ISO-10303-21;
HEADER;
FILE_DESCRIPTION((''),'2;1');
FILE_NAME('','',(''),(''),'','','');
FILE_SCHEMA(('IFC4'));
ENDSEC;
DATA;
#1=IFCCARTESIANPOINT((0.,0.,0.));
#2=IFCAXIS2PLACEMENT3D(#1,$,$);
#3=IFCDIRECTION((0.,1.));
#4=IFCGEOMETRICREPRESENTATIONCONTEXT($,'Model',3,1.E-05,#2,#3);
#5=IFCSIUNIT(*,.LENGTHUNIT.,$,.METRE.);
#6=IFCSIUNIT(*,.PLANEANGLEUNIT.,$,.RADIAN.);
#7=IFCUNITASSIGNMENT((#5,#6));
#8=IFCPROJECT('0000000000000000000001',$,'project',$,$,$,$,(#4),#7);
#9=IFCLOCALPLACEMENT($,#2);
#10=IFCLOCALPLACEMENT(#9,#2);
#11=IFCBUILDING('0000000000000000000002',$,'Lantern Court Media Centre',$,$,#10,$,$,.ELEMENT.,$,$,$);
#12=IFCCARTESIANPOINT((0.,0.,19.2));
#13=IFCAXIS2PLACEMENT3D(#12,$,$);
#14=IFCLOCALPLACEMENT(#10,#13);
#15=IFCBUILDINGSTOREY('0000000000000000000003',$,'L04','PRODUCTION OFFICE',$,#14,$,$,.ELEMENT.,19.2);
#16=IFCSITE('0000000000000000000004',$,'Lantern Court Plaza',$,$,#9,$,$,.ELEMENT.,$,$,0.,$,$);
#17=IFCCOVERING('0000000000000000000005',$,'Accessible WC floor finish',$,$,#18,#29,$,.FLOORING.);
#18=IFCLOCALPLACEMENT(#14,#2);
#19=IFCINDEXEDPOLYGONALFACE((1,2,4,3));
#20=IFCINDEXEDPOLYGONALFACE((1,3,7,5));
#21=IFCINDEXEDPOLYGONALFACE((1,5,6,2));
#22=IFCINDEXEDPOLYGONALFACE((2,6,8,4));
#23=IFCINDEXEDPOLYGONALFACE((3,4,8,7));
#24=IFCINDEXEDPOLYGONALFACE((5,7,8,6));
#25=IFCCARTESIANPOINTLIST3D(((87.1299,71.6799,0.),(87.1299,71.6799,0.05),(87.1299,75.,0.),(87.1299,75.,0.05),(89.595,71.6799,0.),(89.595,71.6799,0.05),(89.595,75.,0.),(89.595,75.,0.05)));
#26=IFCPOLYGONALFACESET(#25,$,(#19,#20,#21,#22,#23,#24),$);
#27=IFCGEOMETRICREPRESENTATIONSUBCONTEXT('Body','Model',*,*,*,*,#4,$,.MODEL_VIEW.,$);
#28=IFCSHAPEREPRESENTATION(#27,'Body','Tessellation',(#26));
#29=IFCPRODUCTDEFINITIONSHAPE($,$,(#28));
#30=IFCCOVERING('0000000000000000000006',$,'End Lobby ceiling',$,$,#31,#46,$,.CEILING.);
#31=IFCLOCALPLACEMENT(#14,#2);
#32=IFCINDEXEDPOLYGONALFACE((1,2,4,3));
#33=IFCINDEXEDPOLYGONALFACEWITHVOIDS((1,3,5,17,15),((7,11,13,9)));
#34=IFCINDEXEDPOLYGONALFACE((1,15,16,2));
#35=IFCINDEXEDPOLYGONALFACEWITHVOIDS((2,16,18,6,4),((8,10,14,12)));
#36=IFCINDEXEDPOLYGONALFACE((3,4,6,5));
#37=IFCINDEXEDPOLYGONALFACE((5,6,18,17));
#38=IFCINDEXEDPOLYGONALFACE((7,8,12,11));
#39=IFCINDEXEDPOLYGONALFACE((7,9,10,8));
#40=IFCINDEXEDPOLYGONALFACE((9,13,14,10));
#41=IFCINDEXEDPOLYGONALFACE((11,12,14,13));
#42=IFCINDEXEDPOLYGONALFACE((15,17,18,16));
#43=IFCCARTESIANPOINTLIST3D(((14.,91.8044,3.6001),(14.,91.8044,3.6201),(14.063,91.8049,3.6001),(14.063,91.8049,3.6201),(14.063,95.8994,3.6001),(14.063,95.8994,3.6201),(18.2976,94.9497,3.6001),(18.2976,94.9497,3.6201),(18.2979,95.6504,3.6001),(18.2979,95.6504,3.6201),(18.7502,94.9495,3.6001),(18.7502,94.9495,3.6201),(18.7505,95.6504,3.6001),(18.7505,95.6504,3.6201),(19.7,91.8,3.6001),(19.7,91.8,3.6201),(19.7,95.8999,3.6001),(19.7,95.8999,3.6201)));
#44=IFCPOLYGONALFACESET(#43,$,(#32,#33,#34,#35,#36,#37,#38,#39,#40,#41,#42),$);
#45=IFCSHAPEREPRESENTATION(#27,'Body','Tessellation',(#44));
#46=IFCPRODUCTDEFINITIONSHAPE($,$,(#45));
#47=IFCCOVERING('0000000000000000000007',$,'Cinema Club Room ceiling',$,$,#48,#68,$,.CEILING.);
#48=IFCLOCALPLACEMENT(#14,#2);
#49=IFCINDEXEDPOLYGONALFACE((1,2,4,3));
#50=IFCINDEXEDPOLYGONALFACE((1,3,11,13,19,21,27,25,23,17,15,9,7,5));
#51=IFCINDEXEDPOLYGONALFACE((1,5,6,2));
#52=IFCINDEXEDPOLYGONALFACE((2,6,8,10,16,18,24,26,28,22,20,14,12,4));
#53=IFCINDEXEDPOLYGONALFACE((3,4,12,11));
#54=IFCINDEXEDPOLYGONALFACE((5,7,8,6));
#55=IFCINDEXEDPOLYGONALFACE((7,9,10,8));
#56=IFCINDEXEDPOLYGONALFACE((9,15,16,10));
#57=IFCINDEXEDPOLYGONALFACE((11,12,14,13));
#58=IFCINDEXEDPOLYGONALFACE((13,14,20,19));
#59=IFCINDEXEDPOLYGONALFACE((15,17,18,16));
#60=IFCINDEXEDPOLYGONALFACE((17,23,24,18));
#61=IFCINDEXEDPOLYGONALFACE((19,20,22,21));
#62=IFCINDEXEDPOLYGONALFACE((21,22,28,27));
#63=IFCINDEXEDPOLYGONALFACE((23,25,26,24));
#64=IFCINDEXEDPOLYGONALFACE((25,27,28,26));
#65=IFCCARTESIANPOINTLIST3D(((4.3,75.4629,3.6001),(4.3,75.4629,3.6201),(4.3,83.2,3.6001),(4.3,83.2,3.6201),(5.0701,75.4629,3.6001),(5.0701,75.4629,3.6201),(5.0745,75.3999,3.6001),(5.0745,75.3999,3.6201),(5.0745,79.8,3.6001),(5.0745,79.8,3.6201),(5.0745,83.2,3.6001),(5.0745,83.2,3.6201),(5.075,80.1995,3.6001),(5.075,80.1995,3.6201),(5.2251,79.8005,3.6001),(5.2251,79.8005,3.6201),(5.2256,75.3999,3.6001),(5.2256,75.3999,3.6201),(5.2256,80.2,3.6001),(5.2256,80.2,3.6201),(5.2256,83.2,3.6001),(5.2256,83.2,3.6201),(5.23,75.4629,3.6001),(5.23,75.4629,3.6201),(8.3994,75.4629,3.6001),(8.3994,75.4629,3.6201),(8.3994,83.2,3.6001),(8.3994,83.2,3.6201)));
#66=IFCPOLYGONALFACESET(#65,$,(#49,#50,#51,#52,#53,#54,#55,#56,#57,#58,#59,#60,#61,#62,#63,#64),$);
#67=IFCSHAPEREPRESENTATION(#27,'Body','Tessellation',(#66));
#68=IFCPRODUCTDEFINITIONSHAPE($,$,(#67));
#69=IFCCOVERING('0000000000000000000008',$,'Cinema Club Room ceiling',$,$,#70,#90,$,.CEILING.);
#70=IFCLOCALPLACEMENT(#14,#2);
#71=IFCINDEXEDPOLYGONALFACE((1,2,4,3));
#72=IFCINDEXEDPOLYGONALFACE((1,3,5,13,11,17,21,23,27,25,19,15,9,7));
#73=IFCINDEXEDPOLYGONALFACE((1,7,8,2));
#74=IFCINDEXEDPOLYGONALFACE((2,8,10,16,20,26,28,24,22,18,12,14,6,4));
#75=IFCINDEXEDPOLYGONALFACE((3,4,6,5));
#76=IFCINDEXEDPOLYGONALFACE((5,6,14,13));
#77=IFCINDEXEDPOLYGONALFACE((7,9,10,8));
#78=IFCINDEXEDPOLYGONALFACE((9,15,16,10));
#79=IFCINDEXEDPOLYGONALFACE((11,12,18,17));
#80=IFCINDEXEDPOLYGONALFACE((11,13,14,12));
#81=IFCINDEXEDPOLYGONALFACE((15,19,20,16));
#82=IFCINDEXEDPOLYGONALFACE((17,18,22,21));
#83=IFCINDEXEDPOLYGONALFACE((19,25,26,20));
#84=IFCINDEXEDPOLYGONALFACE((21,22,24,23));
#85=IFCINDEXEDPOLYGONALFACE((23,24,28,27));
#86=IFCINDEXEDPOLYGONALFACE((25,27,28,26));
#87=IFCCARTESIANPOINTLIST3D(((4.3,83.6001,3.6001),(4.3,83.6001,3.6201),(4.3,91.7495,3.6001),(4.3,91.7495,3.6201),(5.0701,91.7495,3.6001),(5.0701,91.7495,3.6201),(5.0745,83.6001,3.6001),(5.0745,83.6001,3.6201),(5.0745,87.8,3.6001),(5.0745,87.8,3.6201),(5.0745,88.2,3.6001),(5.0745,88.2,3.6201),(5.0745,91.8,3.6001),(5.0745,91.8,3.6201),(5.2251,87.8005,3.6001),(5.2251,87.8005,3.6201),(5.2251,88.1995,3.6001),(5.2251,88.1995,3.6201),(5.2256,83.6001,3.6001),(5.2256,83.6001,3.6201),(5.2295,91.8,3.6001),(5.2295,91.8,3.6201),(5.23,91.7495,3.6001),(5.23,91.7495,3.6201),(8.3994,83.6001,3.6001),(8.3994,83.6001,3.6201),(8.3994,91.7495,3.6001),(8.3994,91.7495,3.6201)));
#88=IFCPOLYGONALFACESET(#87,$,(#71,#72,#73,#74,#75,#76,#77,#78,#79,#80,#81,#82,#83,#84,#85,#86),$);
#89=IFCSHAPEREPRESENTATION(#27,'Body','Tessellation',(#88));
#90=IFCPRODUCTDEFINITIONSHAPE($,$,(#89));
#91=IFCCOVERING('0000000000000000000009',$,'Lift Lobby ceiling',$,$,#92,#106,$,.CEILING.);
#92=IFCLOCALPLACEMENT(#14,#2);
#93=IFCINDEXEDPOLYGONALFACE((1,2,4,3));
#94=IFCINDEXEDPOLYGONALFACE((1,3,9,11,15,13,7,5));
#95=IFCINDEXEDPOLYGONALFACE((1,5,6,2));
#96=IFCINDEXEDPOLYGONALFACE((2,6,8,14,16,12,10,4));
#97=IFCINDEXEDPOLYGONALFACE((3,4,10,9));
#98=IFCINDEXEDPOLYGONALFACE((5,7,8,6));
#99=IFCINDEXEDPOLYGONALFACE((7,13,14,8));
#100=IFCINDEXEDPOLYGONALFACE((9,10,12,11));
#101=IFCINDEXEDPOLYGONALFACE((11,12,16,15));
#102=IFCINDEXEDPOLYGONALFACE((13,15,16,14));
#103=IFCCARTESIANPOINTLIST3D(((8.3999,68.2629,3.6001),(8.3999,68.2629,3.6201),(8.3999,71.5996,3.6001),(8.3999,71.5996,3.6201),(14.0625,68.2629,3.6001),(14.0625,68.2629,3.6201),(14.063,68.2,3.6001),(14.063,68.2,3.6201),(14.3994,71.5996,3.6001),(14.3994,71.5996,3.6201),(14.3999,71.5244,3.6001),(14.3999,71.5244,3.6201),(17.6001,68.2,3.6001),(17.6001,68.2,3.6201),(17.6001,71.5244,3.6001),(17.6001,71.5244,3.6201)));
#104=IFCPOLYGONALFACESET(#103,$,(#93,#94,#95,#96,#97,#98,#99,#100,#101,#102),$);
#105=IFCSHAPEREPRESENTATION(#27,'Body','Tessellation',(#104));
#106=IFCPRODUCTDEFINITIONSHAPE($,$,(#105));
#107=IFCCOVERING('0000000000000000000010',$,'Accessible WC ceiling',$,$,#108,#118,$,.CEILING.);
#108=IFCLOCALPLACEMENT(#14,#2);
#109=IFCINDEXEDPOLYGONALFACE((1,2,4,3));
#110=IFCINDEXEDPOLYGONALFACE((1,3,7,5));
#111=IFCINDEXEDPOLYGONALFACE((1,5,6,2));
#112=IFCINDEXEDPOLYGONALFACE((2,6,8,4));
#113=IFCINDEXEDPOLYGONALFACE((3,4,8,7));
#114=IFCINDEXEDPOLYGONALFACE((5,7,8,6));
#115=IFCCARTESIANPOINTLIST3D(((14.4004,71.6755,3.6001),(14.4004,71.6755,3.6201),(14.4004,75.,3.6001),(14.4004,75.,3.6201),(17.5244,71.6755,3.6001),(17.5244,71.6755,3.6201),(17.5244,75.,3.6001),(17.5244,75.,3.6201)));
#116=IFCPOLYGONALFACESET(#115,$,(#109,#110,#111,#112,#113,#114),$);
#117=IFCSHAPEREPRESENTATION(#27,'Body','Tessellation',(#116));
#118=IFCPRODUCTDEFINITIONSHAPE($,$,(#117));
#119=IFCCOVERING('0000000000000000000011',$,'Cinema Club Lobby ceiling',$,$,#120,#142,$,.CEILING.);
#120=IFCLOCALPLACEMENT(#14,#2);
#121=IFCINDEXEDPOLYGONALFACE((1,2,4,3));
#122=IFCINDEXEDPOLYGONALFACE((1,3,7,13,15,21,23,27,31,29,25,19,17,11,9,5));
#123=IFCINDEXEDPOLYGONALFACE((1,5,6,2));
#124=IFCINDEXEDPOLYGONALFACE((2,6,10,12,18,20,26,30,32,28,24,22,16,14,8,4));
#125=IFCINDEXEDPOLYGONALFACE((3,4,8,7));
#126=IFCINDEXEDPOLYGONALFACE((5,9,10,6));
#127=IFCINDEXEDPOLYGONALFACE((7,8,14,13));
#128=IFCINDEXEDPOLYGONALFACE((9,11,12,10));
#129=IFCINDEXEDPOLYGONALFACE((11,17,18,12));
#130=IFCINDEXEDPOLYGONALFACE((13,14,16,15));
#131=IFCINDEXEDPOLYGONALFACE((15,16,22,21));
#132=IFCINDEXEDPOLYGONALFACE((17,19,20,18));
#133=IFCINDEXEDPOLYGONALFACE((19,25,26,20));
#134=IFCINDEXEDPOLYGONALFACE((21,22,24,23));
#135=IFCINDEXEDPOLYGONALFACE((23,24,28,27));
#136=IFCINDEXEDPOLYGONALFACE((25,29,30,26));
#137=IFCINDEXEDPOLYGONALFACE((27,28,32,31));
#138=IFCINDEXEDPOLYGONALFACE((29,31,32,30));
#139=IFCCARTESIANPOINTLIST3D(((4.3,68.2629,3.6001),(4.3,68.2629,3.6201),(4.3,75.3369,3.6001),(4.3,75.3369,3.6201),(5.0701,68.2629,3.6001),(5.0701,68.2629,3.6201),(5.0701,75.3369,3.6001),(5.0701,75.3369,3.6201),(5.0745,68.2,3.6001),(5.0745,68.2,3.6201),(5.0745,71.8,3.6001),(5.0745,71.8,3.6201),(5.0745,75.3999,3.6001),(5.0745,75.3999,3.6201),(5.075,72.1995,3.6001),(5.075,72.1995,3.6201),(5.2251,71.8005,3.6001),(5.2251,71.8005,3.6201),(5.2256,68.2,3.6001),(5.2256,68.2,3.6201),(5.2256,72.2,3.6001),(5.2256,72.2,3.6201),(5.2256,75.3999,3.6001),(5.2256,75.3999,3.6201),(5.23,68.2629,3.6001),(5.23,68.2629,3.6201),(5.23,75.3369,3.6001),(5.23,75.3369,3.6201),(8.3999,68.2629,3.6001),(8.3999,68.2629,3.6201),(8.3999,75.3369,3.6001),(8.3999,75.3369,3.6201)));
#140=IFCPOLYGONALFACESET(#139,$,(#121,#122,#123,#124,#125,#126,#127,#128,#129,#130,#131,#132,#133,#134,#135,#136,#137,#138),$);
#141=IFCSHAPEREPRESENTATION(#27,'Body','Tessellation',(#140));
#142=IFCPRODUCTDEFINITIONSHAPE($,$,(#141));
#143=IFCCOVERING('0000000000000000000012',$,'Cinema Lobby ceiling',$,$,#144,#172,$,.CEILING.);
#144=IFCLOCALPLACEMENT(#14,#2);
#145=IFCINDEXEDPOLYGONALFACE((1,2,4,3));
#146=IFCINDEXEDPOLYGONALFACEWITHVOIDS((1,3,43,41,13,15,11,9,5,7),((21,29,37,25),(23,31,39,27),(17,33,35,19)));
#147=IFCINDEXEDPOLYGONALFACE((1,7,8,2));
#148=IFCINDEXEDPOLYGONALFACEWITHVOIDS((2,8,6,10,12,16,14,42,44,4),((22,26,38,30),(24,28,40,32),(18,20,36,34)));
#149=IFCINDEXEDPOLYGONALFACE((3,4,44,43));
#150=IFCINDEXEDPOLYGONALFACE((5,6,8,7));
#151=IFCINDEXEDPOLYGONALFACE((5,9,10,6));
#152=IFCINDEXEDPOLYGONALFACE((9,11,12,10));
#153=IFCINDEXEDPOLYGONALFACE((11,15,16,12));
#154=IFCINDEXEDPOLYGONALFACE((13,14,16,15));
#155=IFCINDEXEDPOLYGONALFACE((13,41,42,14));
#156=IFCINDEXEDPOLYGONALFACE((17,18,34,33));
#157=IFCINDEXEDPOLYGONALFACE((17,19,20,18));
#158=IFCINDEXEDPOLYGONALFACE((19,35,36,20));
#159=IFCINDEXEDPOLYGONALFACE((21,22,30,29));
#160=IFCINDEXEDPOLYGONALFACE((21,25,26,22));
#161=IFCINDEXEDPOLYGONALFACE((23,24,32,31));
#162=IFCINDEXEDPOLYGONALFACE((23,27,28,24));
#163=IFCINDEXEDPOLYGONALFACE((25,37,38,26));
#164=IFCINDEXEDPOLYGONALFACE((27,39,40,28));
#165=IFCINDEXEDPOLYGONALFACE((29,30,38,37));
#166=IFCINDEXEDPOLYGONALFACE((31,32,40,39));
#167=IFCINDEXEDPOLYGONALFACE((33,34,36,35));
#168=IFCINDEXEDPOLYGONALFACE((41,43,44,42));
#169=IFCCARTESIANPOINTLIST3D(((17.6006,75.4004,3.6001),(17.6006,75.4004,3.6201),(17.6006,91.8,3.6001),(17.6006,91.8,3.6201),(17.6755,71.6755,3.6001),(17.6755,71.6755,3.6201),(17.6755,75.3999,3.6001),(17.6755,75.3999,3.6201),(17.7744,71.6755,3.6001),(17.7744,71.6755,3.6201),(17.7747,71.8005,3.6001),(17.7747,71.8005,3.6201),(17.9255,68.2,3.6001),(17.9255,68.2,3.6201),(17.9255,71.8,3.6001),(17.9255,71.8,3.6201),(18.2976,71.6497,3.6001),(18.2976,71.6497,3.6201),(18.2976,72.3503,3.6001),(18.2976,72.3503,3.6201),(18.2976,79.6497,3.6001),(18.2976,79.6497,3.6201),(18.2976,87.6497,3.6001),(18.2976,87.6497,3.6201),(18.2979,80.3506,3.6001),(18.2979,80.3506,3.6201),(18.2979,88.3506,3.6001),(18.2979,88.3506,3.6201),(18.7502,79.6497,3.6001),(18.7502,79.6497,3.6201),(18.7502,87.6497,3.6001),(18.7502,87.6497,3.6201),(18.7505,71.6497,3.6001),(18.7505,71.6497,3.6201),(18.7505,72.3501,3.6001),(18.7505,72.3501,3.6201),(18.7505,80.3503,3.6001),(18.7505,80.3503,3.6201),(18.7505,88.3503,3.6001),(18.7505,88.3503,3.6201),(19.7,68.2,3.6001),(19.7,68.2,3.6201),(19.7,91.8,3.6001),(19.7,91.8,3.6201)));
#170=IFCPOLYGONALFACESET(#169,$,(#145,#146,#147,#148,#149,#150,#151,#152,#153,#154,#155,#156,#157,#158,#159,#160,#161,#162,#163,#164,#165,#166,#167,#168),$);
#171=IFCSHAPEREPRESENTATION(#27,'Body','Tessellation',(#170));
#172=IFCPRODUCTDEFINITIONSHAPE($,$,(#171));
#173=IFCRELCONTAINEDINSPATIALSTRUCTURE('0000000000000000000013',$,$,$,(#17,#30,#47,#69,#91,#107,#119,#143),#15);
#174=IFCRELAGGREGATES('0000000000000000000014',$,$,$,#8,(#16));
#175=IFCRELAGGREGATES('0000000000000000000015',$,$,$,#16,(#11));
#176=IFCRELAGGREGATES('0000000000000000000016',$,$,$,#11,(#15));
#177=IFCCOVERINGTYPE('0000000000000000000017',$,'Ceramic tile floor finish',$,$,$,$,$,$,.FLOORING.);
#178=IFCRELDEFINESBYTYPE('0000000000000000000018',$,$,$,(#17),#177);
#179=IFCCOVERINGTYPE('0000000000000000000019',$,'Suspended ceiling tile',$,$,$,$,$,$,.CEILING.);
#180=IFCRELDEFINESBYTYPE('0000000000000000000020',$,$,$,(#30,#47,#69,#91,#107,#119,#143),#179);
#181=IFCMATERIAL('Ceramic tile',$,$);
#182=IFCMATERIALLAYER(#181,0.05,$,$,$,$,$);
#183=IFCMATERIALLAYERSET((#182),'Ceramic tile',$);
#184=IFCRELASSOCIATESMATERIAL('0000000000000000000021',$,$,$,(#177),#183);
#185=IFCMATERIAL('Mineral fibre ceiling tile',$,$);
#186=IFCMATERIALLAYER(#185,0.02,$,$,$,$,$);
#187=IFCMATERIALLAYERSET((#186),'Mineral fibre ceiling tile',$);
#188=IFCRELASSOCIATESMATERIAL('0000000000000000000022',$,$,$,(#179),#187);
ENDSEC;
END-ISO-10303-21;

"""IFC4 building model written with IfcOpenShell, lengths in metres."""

from ifc_helpers import new_model, si_unit, direction, frame, origin, place, context, subcontext, project, spatial, polyline, outline, extrude, material, layer, layer_set, type_object, element, save


model = new_model("IFC4")

# Units and contexts
model_context = context("Model", 3, precision=1e-05, world=origin(), true_north=direction((0.0, 1.0)))
body_context = subcontext(model_context, "Body", "Model", "MODEL_VIEW")
ifc_project = project(units=[si_unit("LENGTHUNIT", "METRE"), si_unit("PLANEANGLEUNIT", "RADIAN")], contexts=[model_context])

# Site, building, storey
site_placement = place(None, origin())
site = spatial("IfcSite", under=ifc_project, at=site_placement, Name="Lantern Court Plaza", CompositionType="ELEMENT", RefElevation=0.0)
building_placement = place(site_placement, origin())
building = spatial("IfcBuilding", under=site, at=building_placement, Name="Lantern Court Media Centre", CompositionType="ELEMENT")
storey_placement = place(building_placement, frame((0.0, 0.0, 19.2)))
storey = spatial("IfcBuildingStorey", under=building, at=storey_placement, Name="L04", Description="PRODUCTION OFFICE", CompositionType="ELEMENT", Elevation=19.2)

# Coverings
ifc_material_1 = material(Name="Ceramic tile")
ifc_layer_1 = layer(ifc_material_1, 0.05)
ifc_layer_set_1 = layer_set([ifc_layer_1], Name="Ceramic tile")
covering_type_1 = type_object("IfcCoveringType", Name="Ceramic tile floor finish", PredefinedType="FLOORING", material=ifc_layer_set_1)
covering_1_placement = place(storey_placement, origin())
element("IfcCovering", 1, at=covering_1_placement, inside=storey, type_object=covering_type_1, Name="Accessible WC floor finish", PredefinedType="FLOORING", context=body_context, shape_type="SweptSolid", body=[
    extrude(outline(polyline([(89.595, 75.0), (89.595, 71.6799), (87.1299, 71.6799), (87.1299, 75.0), (89.595, 75.0)])), origin(), (0.0, 0.0, 1.0), 0.05),
])
ifc_material_2 = material(Name="Mineral fibre ceiling tile")
ifc_layer_2 = layer(ifc_material_2, 0.02)
ifc_layer_set_2 = layer_set([ifc_layer_2], Name="Mineral fibre ceiling tile")
covering_type_2 = type_object("IfcCoveringType", Name="Suspended ceiling tile", PredefinedType="CEILING", material=ifc_layer_set_2)
covering_2_placement = place(storey_placement, frame((0.0, 0.0, 3.6001)))
element("IfcCovering", 2, at=covering_2_placement, inside=storey, type_object=covering_type_2, Name="End Lobby ceiling", PredefinedType="CEILING", context=body_context, shape_type="SweptSolid", body=[
    extrude(outline(polyline([(14.0, 91.8044), (14.063, 91.8049), (14.063, 95.8994), (19.7, 95.8999), (19.7, 91.8), (14.0, 91.8044)]), holes=[polyline([(18.2979, 95.6504), (18.2976, 94.9497), (18.7502, 94.9495), (18.7505, 95.6504), (18.2979, 95.6504)])]), origin(), (0.0, 0.0, 1.0), 0.02),
])
covering_3_placement = place(storey_placement, frame((0.0, 0.0, 3.6001)))
element("IfcCovering", 3, at=covering_3_placement, inside=storey, type_object=covering_type_2, Name="Cinema Club Room ceiling", PredefinedType="CEILING", context=body_context, shape_type="SweptSolid", body=[
    extrude(outline(polyline([(8.3994, 83.2), (8.3994, 75.4629), (5.23, 75.4629), (5.2256, 75.3999), (5.2251, 79.8005), (5.0745, 79.8), (5.0745, 75.3999), (5.0701, 75.4629), (4.3, 75.4629), (4.3, 83.2), (5.0745, 83.2), (5.075, 80.1995), (5.2256, 80.2), (5.2256, 83.2), (8.3994, 83.2)])), origin(), (0.0, 0.0, 1.0), 0.02),
])
covering_4_placement = place(storey_placement, frame((0.0, 0.0, 3.6001)))
element("IfcCovering", 4, at=covering_4_placement, inside=storey, type_object=covering_type_2, Name="Cinema Club Room ceiling", PredefinedType="CEILING", context=body_context, shape_type="SweptSolid", body=[
    extrude(outline(polyline([(5.2295, 91.8), (5.23, 91.7495), (8.3994, 91.7495), (8.3994, 83.6001), (5.2256, 83.6001), (5.2251, 87.8005), (5.0745, 87.8), (5.0745, 83.6001), (4.3, 83.6001), (4.3, 91.7495), (5.0701, 91.7495), (5.0745, 91.8), (5.0745, 88.2), (5.2251, 88.1995), (5.2295, 91.8)])), origin(), (0.0, 0.0, 1.0), 0.02),
])
covering_5_placement = place(storey_placement, frame((0.0, 0.0, 3.6001)))
element("IfcCovering", 5, at=covering_5_placement, inside=storey, type_object=covering_type_2, Name="Lift Lobby ceiling", PredefinedType="CEILING", context=body_context, shape_type="SweptSolid", body=[
    extrude(outline(polyline([(17.6001, 68.2), (14.063, 68.2), (14.0625, 68.2629), (8.3999, 68.2629), (8.3999, 71.5996), (14.3994, 71.5996), (14.3999, 71.5244), (17.6001, 71.5244), (17.6001, 68.2)])), origin(), (0.0, 0.0, 1.0), 0.02),
])
covering_6_placement = place(storey_placement, frame((0.0, 0.0, 3.6001)))
element("IfcCovering", 6, at=covering_6_placement, inside=storey, type_object=covering_type_2, Name="Accessible WC ceiling", PredefinedType="CEILING", context=body_context, shape_type="SweptSolid", body=[
    extrude(outline(polyline([(17.5244, 75.0), (17.5244, 71.6755), (14.4004, 71.6755), (14.4004, 75.0), (17.5244, 75.0)])), origin(), (0.0, 0.0, 1.0), 0.02),
])
covering_7_placement = place(storey_placement, frame((0.0, 0.0, 3.6001)))
element("IfcCovering", 7, at=covering_7_placement, inside=storey, type_object=covering_type_2, Name="Cinema Club Lobby ceiling", PredefinedType="CEILING", context=body_context, shape_type="SweptSolid", body=[
    extrude(outline(polyline([(8.3999, 68.2629), (5.23, 68.2629), (5.2256, 68.2), (5.2251, 71.8005), (5.0745, 71.8), (5.0745, 68.2), (5.0701, 68.2629), (4.3, 68.2629), (4.3, 75.3369), (5.0701, 75.3369), (5.0745, 75.3999), (5.075, 72.1995), (5.2256, 72.2), (5.2256, 75.3999), (5.23, 75.3369), (8.3999, 75.3369), (8.3999, 68.2629)])), origin(), (0.0, 0.0, 1.0), 0.02),
])
covering_8_placement = place(storey_placement, frame((0.0, 0.0, 3.6001)))
element("IfcCovering", 8, at=covering_8_placement, inside=storey, type_object=covering_type_2, Name="Cinema Lobby ceiling", PredefinedType="CEILING", context=body_context, shape_type="SweptSolid", body=[
    extrude(outline(polyline([(19.7, 91.8), (19.7, 68.2), (17.9255, 68.2), (17.9255, 71.8), (17.7747, 71.8005), (17.7744, 71.6755), (17.6755, 71.6755), (17.6755, 75.3999), (17.6006, 75.4004), (17.6006, 91.8), (19.7, 91.8)]), holes=[polyline([(18.2979, 88.3506), (18.2976, 87.6497), (18.7502, 87.6497), (18.7505, 88.3503), (18.2979, 88.3506)]), polyline([(18.2979, 80.3506), (18.2976, 79.6497), (18.7502, 79.6497), (18.7505, 80.3503), (18.2979, 80.3506)]), polyline([(18.7505, 72.3501), (18.2976, 72.3503), (18.2976, 71.6497), (18.7505, 71.6497), (18.7505, 72.3501)])]), origin(), (0.0, 0.0, 1.0), 0.02),
])

save(model, "model.ifc")
